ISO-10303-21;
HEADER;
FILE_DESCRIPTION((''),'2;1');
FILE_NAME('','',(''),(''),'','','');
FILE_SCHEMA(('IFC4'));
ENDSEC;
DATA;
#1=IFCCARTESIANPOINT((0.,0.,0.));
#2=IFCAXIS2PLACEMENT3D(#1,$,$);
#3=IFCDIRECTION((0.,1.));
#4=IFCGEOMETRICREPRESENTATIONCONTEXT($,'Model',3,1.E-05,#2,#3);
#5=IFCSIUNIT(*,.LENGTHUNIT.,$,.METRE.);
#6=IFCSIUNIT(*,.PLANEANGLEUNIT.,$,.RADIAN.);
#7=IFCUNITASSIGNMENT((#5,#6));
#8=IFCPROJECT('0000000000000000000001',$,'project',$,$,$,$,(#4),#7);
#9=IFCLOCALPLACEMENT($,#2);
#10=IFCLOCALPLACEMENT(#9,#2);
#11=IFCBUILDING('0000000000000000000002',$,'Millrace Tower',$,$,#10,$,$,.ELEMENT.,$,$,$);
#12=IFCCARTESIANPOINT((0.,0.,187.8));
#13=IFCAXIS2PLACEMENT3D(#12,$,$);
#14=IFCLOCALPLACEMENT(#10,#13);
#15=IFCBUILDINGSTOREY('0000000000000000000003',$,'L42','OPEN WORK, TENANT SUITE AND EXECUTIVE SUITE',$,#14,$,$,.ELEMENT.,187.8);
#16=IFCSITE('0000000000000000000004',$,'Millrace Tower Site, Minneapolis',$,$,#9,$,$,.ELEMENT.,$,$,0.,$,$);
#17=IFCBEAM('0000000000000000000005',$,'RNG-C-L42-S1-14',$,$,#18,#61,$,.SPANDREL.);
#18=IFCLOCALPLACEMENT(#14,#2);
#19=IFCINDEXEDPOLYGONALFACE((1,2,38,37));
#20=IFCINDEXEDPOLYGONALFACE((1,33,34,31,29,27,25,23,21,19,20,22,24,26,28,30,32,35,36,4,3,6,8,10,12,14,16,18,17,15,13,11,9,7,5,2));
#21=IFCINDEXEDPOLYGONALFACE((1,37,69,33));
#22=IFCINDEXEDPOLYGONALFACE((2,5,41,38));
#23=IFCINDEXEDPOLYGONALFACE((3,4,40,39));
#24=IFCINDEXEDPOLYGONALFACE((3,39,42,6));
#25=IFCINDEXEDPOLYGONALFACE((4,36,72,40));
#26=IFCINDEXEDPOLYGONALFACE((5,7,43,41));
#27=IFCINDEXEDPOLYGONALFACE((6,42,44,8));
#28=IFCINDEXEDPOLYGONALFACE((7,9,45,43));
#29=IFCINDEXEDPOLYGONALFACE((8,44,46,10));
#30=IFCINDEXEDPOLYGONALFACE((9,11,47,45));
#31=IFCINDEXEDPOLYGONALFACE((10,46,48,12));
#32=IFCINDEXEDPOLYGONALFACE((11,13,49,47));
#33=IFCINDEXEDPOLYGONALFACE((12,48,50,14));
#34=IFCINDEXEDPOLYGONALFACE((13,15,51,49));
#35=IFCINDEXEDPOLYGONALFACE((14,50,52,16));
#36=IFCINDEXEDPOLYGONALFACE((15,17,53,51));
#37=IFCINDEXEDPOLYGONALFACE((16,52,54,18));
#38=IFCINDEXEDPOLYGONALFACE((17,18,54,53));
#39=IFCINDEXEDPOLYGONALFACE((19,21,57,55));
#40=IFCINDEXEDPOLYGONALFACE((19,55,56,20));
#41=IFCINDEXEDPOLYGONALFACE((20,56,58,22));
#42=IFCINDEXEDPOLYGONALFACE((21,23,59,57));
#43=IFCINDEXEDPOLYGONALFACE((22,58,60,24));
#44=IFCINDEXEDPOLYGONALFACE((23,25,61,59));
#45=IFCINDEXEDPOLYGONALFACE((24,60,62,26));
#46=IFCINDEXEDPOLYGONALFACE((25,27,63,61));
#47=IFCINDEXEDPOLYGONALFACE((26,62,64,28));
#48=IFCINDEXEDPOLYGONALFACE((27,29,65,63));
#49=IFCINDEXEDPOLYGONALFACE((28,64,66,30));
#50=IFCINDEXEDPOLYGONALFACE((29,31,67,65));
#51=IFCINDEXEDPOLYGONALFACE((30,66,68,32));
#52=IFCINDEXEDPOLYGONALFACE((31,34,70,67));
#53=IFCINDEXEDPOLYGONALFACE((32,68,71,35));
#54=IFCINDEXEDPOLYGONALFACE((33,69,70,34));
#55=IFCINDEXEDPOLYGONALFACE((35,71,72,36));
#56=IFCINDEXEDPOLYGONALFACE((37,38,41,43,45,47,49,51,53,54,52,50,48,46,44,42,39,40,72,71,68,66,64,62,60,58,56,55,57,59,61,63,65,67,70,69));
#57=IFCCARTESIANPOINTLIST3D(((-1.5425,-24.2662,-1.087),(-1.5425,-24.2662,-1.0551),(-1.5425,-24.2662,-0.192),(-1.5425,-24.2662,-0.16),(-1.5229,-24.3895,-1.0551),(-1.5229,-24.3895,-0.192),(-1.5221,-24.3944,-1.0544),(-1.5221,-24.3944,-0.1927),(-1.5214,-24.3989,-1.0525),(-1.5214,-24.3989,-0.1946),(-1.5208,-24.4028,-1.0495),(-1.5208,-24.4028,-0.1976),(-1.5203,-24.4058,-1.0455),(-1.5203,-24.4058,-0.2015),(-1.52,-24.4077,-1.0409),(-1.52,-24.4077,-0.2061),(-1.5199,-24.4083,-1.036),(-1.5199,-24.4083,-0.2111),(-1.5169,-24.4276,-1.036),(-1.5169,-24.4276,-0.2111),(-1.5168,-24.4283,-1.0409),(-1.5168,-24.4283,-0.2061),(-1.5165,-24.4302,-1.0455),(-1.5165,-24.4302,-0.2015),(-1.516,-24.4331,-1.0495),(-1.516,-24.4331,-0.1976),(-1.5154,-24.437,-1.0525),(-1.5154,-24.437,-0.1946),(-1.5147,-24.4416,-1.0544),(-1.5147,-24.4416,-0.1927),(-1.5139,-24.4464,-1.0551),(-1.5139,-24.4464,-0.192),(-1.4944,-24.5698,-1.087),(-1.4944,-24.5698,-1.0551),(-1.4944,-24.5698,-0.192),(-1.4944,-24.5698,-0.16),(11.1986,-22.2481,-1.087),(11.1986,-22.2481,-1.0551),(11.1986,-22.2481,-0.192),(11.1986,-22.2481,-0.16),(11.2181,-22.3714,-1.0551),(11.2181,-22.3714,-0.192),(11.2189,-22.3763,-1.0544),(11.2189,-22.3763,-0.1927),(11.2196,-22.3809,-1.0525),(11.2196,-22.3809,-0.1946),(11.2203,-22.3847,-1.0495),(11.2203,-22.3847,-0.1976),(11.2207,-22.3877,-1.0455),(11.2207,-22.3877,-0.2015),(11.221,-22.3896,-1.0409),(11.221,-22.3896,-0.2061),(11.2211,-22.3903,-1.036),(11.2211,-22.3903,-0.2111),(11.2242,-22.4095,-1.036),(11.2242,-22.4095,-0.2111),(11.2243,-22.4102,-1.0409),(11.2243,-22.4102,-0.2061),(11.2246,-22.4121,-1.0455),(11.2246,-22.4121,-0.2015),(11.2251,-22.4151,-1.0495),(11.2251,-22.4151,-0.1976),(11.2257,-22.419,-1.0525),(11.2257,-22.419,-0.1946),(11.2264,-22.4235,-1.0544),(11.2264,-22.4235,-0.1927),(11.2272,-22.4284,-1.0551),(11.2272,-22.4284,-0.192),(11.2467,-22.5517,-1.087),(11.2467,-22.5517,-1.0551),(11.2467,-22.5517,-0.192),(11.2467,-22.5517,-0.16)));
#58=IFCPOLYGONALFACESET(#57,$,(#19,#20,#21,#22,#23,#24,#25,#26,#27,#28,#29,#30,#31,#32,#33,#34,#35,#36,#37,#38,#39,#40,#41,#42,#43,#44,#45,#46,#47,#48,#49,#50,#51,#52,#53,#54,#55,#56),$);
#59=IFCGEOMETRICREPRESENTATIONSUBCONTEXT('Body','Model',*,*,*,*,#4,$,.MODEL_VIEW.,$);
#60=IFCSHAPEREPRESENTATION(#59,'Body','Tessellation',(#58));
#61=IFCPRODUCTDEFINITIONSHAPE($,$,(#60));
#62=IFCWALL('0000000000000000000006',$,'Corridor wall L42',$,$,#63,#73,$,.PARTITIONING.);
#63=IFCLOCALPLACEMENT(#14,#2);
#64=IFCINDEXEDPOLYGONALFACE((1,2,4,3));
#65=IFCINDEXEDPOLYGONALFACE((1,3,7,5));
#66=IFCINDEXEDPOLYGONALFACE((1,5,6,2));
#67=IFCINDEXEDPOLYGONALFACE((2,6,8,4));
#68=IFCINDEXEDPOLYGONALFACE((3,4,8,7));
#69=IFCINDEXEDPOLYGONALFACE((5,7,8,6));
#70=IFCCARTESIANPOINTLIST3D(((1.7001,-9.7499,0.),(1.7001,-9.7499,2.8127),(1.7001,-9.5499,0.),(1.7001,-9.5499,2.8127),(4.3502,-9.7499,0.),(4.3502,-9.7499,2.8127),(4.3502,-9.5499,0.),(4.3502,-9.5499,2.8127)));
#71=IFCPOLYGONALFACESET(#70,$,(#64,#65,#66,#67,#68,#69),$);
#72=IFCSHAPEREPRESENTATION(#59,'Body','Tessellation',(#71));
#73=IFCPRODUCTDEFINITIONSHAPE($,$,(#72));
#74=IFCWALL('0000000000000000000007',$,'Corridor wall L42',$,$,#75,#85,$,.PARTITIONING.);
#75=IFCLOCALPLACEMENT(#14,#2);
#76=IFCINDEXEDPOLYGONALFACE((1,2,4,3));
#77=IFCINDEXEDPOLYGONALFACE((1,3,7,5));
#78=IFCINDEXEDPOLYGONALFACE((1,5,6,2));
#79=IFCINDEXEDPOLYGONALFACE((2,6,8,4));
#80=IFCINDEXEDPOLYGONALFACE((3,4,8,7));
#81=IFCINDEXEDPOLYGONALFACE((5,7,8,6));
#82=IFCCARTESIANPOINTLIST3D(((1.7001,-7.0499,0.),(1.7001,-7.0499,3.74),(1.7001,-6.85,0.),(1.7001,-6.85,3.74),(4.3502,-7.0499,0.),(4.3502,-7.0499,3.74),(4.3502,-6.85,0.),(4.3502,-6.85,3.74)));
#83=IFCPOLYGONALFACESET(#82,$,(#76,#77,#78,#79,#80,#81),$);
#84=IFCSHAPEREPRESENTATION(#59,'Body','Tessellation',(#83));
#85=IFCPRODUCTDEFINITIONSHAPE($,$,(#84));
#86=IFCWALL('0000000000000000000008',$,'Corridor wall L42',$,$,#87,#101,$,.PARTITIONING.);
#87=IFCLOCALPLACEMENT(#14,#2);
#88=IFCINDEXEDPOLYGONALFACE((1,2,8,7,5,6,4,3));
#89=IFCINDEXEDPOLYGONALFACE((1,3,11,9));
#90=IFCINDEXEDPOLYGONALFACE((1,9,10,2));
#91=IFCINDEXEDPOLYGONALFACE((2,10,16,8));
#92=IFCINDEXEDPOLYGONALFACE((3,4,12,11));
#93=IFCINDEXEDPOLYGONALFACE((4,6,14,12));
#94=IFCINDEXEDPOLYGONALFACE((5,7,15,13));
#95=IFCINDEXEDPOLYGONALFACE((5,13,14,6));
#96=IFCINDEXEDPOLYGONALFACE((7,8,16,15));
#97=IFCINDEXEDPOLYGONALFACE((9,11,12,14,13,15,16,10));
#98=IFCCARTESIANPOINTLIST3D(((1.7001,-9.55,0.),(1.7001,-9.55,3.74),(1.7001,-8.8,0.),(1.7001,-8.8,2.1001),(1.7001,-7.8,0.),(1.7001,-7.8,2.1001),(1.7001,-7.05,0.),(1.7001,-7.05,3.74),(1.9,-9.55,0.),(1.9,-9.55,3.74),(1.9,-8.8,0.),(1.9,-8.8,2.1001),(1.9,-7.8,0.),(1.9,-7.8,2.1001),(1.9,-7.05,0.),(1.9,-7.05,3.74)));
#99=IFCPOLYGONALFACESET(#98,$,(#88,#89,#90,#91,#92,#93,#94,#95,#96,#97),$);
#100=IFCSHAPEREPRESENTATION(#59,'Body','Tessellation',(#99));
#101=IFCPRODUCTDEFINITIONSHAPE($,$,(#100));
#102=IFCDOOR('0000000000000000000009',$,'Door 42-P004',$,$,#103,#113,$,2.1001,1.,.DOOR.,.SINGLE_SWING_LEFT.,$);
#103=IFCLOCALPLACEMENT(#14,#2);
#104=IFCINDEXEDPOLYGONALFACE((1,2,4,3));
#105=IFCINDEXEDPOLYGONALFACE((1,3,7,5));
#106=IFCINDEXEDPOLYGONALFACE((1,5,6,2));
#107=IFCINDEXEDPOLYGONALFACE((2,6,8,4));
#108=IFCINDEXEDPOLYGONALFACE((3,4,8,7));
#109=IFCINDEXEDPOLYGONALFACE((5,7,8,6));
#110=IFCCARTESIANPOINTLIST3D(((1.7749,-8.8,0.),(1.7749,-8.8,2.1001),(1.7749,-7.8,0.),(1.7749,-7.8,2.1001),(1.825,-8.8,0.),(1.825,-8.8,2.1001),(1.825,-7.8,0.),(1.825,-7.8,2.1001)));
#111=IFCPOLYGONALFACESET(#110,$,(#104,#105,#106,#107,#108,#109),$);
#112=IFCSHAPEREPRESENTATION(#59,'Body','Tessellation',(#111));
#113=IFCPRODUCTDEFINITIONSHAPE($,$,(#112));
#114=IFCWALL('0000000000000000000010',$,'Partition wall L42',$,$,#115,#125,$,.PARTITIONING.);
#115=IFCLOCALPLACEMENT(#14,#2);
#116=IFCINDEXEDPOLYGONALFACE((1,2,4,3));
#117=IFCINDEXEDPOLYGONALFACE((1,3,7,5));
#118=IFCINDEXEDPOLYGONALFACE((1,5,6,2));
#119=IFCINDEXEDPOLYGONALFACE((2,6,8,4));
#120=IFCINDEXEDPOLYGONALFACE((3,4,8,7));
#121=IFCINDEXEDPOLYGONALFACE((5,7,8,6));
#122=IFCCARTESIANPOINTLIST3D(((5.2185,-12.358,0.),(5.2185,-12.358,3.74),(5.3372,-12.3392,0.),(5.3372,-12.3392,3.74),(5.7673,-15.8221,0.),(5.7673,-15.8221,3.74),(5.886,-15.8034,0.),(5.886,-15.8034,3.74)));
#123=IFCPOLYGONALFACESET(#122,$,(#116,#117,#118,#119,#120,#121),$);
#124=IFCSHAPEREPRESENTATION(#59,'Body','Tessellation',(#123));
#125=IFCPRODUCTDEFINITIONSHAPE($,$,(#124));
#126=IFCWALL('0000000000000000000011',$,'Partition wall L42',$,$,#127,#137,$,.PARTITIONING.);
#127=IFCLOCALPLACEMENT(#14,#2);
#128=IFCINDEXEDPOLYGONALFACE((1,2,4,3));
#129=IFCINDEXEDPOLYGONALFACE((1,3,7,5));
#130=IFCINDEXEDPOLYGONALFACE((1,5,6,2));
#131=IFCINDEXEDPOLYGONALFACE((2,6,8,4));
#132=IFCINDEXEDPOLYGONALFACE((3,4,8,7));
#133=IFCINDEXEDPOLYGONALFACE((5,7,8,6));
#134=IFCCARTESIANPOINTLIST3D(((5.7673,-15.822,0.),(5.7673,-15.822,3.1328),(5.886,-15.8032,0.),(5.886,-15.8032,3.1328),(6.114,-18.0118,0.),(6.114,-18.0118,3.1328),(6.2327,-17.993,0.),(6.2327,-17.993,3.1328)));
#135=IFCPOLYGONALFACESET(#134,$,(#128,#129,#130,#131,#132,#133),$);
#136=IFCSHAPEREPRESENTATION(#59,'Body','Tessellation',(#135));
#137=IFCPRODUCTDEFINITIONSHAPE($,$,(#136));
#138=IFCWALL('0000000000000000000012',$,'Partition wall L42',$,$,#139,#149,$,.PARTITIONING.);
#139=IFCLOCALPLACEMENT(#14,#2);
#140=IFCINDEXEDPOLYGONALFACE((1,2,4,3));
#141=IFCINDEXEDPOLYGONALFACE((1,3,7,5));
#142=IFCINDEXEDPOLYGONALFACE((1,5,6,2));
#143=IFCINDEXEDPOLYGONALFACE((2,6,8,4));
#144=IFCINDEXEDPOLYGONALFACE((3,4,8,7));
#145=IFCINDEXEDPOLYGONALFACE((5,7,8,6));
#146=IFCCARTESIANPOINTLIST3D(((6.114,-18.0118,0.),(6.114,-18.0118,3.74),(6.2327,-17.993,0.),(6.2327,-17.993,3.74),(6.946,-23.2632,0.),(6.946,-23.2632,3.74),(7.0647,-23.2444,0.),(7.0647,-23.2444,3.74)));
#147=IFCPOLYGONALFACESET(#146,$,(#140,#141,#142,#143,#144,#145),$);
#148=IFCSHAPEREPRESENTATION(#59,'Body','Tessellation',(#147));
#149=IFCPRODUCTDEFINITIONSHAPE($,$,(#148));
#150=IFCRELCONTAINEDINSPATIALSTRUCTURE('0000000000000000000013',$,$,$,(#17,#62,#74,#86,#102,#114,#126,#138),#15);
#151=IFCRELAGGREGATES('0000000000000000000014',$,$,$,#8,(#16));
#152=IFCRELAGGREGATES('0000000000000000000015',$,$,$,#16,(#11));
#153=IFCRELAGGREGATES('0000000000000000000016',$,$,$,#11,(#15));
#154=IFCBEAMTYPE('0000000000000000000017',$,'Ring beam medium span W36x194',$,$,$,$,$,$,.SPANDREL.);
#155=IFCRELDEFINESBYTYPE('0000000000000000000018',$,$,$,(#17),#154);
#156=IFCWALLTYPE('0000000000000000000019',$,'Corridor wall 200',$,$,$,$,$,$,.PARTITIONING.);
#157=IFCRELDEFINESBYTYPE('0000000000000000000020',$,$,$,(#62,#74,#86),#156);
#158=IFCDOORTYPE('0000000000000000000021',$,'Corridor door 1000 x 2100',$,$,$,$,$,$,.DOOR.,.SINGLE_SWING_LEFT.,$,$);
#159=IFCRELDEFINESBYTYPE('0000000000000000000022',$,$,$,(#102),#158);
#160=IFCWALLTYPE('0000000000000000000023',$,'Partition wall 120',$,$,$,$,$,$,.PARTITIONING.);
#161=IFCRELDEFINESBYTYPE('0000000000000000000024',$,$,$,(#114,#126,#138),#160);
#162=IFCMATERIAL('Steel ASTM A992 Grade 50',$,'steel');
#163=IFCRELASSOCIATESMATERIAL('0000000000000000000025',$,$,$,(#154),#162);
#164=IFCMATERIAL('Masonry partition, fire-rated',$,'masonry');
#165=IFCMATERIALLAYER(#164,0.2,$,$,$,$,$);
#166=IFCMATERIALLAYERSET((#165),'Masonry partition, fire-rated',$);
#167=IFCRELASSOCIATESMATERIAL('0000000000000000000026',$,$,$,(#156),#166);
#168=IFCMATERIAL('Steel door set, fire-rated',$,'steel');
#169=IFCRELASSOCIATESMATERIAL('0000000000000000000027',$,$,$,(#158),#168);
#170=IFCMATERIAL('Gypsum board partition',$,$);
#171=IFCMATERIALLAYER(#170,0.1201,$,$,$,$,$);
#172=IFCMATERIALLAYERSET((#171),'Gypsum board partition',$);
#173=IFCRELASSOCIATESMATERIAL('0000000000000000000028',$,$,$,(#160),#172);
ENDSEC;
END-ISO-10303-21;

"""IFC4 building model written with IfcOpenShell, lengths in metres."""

from ifc_helpers import new_model, si_unit, direction, frame, frame_2d, origin, origin_2d, place, context, subcontext, project, spatial, rectangle, i_section, extrude, material, layer, layer_set, material_profile, profile_set, type_object, element, fill, save


model = new_model("IFC4")

# Units and contexts
model_context = context("Model", 3, precision=1e-05, world=origin(), true_north=direction((0.0, 1.0)))
body_context = subcontext(model_context, "Body", "Model", "MODEL_VIEW")
ifc_project = project(units=[si_unit("LENGTHUNIT", "METRE"), si_unit("PLANEANGLEUNIT", "RADIAN")], contexts=[model_context])

# Site, building, storey
site_placement = place(None, origin())
site = spatial("IfcSite", under=ifc_project, at=site_placement, Name="Millrace Tower Site, Minneapolis", CompositionType="ELEMENT", RefElevation=0.0)
building_placement = place(site_placement, origin())
building = spatial("IfcBuilding", under=site, at=building_placement, Name="Millrace Tower", CompositionType="ELEMENT")
storey_placement = place(building_placement, frame((0.0, 0.0, 187.8)))
storey = spatial("IfcBuildingStorey", under=building, at=storey_placement, Name="L42", Description="OPEN WORK, TENANT SUITE AND EXECUTIVE SUITE", CompositionType="ELEMENT", Elevation=187.8)

# Beam
ifc_material_1 = material(Name="Steel ASTM A992 Grade 50", Category="steel")
ifc_material_profile_1 = material_profile(ifc_material_1, i_section(OverallWidth=0.3074, OverallDepth=0.927, WebThickness=0.0195, FlangeThickness=0.032, FilletRadius=0.019, at=origin_2d()))
ifc_profile_set_1 = profile_set([ifc_material_profile_1], Name="Steel ASTM A992 Grade 50")
beam_type_1 = type_object("IfcBeamType", Name="Ring beam medium span W36x194", PredefinedType="SPANDREL", material=ifc_profile_set_1)
beam_1_placement = place(storey_placement, frame((11.2227, -22.3999, -0.6235), z_axis=(-0.987687, -0.156442, 0.0), x_axis=(0.156442, -0.987687, 0.0)))
element("IfcBeam", 1, at=beam_1_placement, inside=storey, type_object=beam_type_1, Name="RNG-C-L42-S1-14", PredefinedType="SPANDREL", context=body_context, shape_type="SweptSolid", body=[
    extrude(i_section(OverallWidth=0.3074, OverallDepth=0.927, WebThickness=0.0195, FlangeThickness=0.032, FilletRadius=0.019, at=origin_2d()), origin(), (0.0, 0.0, 1.0), 12.8999),
])

# Walls
ifc_material_2 = material(Name="Masonry partition, fire-rated", Category="masonry")
ifc_layer_1 = layer(ifc_material_2, 0.2)
ifc_layer_set_1 = layer_set([ifc_layer_1], Name="Masonry partition, fire-rated")
wall_type_1 = type_object("IfcWallType", Name="Corridor wall 200", PredefinedType="PARTITIONING", material=ifc_layer_set_1)
wall_1_placement = place(storey_placement, frame((1.7, -9.6499, 0.0), z_axis=(0.0, 0.0, 1.0), x_axis=(1.0, 0.0, 0.0)))
element("IfcWall", 2, at=wall_1_placement, inside=storey, type_object=wall_type_1, Name="Corridor wall L42", PredefinedType="PARTITIONING", context=body_context, shape_type="SweptSolid", body=[
    extrude(rectangle(XDim=2.6501, YDim=0.2, at=frame_2d((1.3252, 0.0))), origin(), (0.0, 0.0, 1.0), 2.8127),
])
wall_2_placement = place(storey_placement, frame((1.7, -6.95, 0.0), z_axis=(0.0, 0.0, 1.0), x_axis=(1.0, 0.0, 0.0)))
element("IfcWall", 3, at=wall_2_placement, inside=storey, type_object=wall_type_1, Name="Corridor wall L42", PredefinedType="PARTITIONING", context=body_context, shape_type="SweptSolid", body=[
    extrude(rectangle(XDim=2.6501, YDim=0.2, at=frame_2d((1.3252, 0.0))), origin(), (0.0, 0.0, 1.0), 3.74),
])

# Wall, opening, door
wall_3_placement = place(storey_placement, frame((1.8, -9.55, 0.0), z_axis=(0.0, 0.0, 1.0), x_axis=(0.0, 1.0, 0.0)))
wall_3 = element("IfcWall", 4, at=wall_3_placement, inside=storey, type_object=wall_type_1, Name="Corridor wall L42", PredefinedType="PARTITIONING", context=body_context, shape_type="SweptSolid", body=[
    extrude(rectangle(XDim=2.5, YDim=0.2, at=frame_2d((1.25, 0.0))), origin(), (0.0, 0.0, 1.0), 3.74),
])
opening_placement = place(wall_3_placement, frame((0.75, 0.0, 0.0)))
opening = element("IfcOpeningElement", 5, at=opening_placement, cuts=wall_3, PredefinedType="OPENING", context=body_context, shape_type="SweptSolid", body=[
    extrude(rectangle(XDim=1.0, YDim=2.1001, at=frame_2d((0.5, 1.05))), frame((0.0, 0.1099, 0.0), z_axis=(0.0, -1.0, 0.0), x_axis=(1.0, 0.0, 0.0)), (0.0, 0.0, 1.0), 0.22),
])
ifc_material_3 = material(Name="Steel door set, fire-rated", Category="steel")
door_type = type_object("IfcDoorType", Name="Corridor door 1000 x 2100", OperationType="SINGLE_SWING_LEFT", PredefinedType="DOOR", material=ifc_material_3)
door_placement = place(opening_placement, frame((1.0, 0.0, 0.0), z_axis=(0.0, 0.0, 1.0), x_axis=(-1.0, 0.0, 0.0)))
door = element("IfcDoor", 6, at=door_placement, inside=storey, type_object=door_type, Name="Door 42-P004", OperationType="SINGLE_SWING_LEFT", OverallHeight=2.1001, OverallWidth=1.0, PredefinedType="DOOR", context=body_context, shape_type="SweptSolid", body=[
    extrude(rectangle(XDim=1.0, YDim=2.1001, at=frame_2d((0.5, 1.05))), frame((0.0, 0.0249, 0.0), z_axis=(0.0, -1.0, 0.0), x_axis=(1.0, 0.0, 0.0)), (0.0, 0.0, 1.0), 0.05),
])
fill(opening, door)

# Walls
ifc_material_4 = material(Name="Gypsum board partition")
ifc_layer_2 = layer(ifc_material_4, 0.1201)
ifc_layer_set_2 = layer_set([ifc_layer_2], Name="Gypsum board partition")
wall_type_2 = type_object("IfcWallType", Name="Partition wall 120", PredefinedType="PARTITIONING", material=ifc_layer_set_2)
wall_4_placement = place(storey_placement, frame((5.2778, -12.3486, 0.0), z_axis=(0.0, 0.0, 1.0), x_axis=(0.156481, -0.987681, 0.0)))
element("IfcWall", 7, at=wall_4_placement, inside=storey, type_object=wall_type_2, Name="Partition wall L42", PredefinedType="PARTITIONING", context=body_context, shape_type="SweptSolid", body=[
    extrude(rectangle(XDim=3.5073, YDim=0.1201, at=frame_2d((1.7537, 0.0))), origin(), (0.0, 0.0, 1.0), 3.74),
])
wall_5_placement = place(storey_placement, frame((5.8267, -15.8127, 0.0), z_axis=(0.0, 0.0, 1.0), x_axis=(0.156375, -0.987698, 0.0)))
element("IfcWall", 8, at=wall_5_placement, inside=storey, type_object=wall_type_2, Name="Partition wall L42", PredefinedType="PARTITIONING", context=body_context, shape_type="SweptSolid", body=[
    extrude(rectangle(XDim=2.217, YDim=0.1201, at=frame_2d((1.1084, 0.0))), origin(), (0.0, 0.0, 1.0), 3.1328),
])
wall_6_placement = place(storey_placement, frame((6.1733, -18.0024, 0.0), z_axis=(0.0, 0.0, 1.0), x_axis=(0.156486, -0.98768, 0.0)))
element("IfcWall", 9, at=wall_6_placement, inside=storey, type_object=wall_type_2, Name="Partition wall L42", PredefinedType="PARTITIONING", context=body_context, shape_type="SweptSolid", body=[
    extrude(rectangle(XDim=5.3169, YDim=0.1201, at=frame_2d((2.6584, 0.0))), origin(), (0.0, 0.0, 1.0), 3.74),
])

save(model, "model.ifc")
